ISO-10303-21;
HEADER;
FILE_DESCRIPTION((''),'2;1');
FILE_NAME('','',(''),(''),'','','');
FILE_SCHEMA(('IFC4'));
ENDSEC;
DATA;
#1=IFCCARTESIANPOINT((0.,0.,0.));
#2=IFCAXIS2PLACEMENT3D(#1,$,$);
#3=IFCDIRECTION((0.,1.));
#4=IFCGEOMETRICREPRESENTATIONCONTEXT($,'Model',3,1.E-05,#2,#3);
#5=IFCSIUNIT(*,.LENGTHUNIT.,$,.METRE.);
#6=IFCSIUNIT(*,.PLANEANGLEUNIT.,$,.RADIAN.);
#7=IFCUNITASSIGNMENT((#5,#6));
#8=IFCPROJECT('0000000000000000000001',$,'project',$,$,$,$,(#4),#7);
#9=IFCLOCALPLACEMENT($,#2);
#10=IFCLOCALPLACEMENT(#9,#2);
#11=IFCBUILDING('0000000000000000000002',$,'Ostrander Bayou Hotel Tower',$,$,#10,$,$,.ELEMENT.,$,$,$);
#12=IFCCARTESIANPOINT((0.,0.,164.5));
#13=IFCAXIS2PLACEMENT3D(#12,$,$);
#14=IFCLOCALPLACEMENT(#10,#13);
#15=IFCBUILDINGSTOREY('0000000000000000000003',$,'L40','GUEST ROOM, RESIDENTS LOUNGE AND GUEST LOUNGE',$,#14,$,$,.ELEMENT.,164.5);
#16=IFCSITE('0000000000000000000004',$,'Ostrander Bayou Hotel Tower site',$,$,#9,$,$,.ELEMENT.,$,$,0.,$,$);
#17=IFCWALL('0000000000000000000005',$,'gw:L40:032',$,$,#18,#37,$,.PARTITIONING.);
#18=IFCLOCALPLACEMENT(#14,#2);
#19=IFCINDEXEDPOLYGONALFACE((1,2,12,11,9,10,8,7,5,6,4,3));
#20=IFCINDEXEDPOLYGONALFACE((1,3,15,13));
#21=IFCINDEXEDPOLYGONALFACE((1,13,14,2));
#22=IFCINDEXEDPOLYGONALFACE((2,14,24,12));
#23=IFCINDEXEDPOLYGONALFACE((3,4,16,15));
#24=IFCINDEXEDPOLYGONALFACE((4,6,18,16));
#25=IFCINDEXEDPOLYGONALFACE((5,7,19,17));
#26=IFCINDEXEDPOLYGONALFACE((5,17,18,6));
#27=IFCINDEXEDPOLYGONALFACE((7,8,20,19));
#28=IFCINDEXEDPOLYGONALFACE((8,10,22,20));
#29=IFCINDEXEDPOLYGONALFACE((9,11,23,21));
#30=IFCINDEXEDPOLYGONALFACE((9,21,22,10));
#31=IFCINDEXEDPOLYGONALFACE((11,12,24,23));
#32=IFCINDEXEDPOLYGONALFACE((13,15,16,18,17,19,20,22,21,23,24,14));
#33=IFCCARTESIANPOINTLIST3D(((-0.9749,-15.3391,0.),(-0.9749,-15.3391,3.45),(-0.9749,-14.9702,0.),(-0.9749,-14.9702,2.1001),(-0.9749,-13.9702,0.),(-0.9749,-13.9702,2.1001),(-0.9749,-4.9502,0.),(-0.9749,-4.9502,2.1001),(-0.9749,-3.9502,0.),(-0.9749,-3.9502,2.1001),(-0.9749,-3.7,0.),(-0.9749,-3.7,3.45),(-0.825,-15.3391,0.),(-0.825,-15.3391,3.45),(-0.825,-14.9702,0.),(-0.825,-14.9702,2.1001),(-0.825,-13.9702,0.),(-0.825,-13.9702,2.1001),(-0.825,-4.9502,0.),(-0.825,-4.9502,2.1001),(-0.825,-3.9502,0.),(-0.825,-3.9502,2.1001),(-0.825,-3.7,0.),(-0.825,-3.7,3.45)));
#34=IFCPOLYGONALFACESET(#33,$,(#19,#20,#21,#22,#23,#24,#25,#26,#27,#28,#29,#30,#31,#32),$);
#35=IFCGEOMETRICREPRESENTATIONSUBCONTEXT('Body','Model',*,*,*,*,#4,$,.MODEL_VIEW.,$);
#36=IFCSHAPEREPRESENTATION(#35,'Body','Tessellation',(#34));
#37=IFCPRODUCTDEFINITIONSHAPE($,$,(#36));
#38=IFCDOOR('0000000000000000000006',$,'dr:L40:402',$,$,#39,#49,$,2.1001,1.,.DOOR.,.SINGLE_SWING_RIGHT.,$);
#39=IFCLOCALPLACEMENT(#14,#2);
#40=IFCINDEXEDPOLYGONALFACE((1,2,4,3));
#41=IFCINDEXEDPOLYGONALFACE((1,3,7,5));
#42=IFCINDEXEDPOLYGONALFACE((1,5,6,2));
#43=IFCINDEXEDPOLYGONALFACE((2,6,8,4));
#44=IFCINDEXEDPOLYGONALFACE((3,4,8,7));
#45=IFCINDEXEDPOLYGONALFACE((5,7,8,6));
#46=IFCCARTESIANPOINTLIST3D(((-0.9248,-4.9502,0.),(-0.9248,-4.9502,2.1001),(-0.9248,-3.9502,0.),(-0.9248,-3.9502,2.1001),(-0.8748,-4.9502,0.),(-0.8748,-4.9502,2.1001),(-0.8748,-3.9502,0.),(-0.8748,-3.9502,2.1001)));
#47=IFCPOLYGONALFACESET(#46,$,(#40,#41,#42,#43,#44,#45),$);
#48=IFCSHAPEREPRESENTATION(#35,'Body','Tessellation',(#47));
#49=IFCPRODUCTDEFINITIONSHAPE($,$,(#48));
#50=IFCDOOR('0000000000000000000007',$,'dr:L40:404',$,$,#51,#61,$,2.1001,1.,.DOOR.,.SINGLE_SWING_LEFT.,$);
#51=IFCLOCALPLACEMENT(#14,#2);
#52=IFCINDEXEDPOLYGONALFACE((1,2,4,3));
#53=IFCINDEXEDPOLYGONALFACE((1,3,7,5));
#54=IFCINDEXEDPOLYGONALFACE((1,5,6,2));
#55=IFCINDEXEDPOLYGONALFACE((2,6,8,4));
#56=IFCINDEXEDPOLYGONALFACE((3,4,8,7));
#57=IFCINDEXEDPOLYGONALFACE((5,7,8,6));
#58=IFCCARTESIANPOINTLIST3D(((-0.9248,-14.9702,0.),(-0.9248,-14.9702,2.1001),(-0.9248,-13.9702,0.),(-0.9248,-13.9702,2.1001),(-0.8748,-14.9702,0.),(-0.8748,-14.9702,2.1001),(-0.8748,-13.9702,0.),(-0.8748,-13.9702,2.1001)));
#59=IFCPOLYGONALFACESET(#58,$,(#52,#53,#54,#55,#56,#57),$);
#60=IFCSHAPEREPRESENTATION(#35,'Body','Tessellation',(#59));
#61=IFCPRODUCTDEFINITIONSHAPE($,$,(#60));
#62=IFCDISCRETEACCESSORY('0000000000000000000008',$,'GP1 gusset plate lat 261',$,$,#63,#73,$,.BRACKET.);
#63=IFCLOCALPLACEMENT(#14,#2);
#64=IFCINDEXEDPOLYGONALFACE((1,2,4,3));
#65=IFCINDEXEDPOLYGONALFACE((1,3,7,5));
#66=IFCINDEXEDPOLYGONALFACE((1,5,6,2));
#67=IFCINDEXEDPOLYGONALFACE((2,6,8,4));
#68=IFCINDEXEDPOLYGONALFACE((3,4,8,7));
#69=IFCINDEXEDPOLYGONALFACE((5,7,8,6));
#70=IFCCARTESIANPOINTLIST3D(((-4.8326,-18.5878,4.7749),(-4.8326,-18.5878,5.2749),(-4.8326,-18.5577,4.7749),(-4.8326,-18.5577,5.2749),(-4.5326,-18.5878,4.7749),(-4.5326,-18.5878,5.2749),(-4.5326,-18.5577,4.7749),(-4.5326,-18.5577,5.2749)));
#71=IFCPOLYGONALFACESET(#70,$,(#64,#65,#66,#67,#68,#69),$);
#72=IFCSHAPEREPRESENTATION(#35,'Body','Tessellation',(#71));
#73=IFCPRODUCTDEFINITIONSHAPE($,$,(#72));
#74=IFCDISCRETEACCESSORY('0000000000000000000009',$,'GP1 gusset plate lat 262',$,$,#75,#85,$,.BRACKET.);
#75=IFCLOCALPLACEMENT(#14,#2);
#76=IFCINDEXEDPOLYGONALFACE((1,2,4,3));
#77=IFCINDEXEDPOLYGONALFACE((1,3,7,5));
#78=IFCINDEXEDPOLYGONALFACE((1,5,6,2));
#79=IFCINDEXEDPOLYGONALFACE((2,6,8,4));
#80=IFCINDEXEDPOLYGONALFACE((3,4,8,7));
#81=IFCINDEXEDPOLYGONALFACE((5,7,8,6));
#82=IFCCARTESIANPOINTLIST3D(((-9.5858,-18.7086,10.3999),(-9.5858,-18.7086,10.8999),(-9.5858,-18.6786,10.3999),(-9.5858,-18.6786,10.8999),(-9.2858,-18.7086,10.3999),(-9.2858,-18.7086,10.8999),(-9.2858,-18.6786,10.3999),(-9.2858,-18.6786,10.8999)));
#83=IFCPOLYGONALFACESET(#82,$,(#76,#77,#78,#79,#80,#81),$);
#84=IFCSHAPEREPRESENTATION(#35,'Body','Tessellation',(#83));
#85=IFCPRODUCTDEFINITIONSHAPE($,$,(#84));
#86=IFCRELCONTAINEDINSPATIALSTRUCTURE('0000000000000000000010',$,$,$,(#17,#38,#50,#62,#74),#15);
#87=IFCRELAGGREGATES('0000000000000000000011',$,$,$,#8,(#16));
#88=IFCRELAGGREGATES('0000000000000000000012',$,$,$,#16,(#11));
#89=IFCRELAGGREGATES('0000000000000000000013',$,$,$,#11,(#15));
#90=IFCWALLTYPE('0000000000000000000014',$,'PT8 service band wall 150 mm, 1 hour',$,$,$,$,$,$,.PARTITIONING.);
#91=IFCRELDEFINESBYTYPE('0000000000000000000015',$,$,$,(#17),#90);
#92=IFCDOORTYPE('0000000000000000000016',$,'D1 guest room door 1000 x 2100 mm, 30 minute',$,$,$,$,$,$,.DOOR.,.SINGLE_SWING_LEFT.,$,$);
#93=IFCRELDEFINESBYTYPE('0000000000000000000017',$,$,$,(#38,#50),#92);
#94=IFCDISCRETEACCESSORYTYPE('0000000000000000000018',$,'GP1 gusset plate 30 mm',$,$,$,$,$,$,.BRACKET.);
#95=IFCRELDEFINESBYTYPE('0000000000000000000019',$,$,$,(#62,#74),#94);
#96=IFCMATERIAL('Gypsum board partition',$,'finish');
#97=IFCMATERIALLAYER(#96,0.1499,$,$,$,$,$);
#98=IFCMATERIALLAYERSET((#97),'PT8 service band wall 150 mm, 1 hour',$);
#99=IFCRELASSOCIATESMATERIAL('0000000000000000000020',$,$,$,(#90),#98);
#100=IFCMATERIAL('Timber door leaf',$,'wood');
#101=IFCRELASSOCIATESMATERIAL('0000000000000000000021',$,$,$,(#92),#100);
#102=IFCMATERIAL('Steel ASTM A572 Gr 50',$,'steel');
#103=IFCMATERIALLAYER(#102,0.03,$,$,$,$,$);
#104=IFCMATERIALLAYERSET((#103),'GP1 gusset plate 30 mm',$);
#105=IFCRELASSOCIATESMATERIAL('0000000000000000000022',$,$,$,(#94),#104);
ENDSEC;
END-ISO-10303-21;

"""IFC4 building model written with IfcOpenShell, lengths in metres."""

from ifc_helpers import new_model, si_unit, direction, frame, frame_2d, origin, origin_2d, place, context, subcontext, project, spatial, rectangle, extrude, material, layer, layer_set, type_object, element, fill, save


model = new_model("IFC4")

# Units and contexts
model_context = context("Model", 3, precision=1e-05, world=origin(), true_north=direction((0.0, 1.0)))
body_context = subcontext(model_context, "Body", "Model", "MODEL_VIEW")
ifc_project = project(units=[si_unit("LENGTHUNIT", "METRE"), si_unit("PLANEANGLEUNIT", "RADIAN")], contexts=[model_context])

# Site, building, storey
site_placement = place(None, origin())
site = spatial("IfcSite", under=ifc_project, at=site_placement, Name="Ostrander Bayou Hotel Tower site", CompositionType="ELEMENT", RefElevation=0.0)
building_placement = place(site_placement, origin())
building = spatial("IfcBuilding", under=site, at=building_placement, Name="Ostrander Bayou Hotel Tower", CompositionType="ELEMENT")
storey_placement = place(building_placement, frame((0.0, 0.0, 164.5)))
storey = spatial("IfcBuildingStorey", under=building, at=storey_placement, Name="L40", Description="GUEST ROOM, RESIDENTS LOUNGE AND GUEST LOUNGE", CompositionType="ELEMENT", Elevation=164.5)

# Wall, openings, doors
ifc_material_1 = material(Name="Gypsum board partition", Category="finish")
ifc_layer_1 = layer(ifc_material_1, 0.1499)
ifc_layer_set_1 = layer_set([ifc_layer_1], Name="PT8 service band wall 150 mm, 1 hour")
wall_type_1 = type_object("IfcWallType", Name="PT8 service band wall 150 mm, 1 hour", PredefinedType="PARTITIONING", material=ifc_layer_set_1)
wall_1_placement = place(storey_placement, frame((-0.8999, -15.3391, 0.0), z_axis=(0.0, 0.0, 1.0), x_axis=(0.0, 1.0, 0.0)))
wall_1 = element("IfcWall", 1, at=wall_1_placement, inside=storey, type_object=wall_type_1, Name="gw:L40:032", PredefinedType="PARTITIONING", context=body_context, shape_type="SweptSolid", body=[
    extrude(rectangle(XDim=11.6392, YDim=0.1499, at=frame_2d((5.8196, 0.0))), origin(), (0.0, 0.0, 1.0), 3.45),
])
opening_1_placement = place(wall_1_placement, frame((10.3889, 0.0, 0.0)))
opening_1 = element("IfcOpeningElement", 2, at=opening_1_placement, cuts=wall_1, PredefinedType="OPENING", context=body_context, shape_type="SweptSolid", body=[
    extrude(rectangle(XDim=1.0, YDim=2.1001, at=frame_2d((0.5, 1.05))), frame((0.0, 0.075, 0.0), z_axis=(0.0, -1.0, 0.0), x_axis=(1.0, 0.0, 0.0)), (0.0, 0.0, 1.0), 0.1499),
])
opening_2_placement = place(wall_1_placement, frame((0.3689, 0.0, 0.0)))
opening_2 = element("IfcOpeningElement", 3, at=opening_2_placement, cuts=wall_1, PredefinedType="OPENING", context=body_context, shape_type="SweptSolid", body=[
    extrude(rectangle(XDim=1.0, YDim=2.1001, at=frame_2d((0.5, 1.05))), frame((0.0, 0.075, 0.0), z_axis=(0.0, -1.0, 0.0), x_axis=(1.0, 0.0, 0.0)), (0.0, 0.0, 1.0), 0.1499),
])
ifc_material_2 = material(Name="Timber door leaf", Category="wood")
door_type_1 = type_object("IfcDoorType", Name="D1 guest room door 1000 x 2100 mm, 30 minute", OperationType="SINGLE_SWING_LEFT", PredefinedType="DOOR", material=ifc_material_2)
door_1_placement = place(opening_1_placement, origin())
door_1 = element("IfcDoor", 4, at=door_1_placement, inside=storey, type_object=door_type_1, Name="dr:L40:402", OperationType="SINGLE_SWING_RIGHT", OverallHeight=2.1001, OverallWidth=1.0, PredefinedType="DOOR", context=body_context, shape_type="SweptSolid", body=[
    extrude(rectangle(XDim=1.0, YDim=2.1001, at=frame_2d((0.5, 1.05))), frame((0.0, 0.0249, 0.0), z_axis=(0.0, -1.0, 0.0), x_axis=(1.0, 0.0, 0.0)), (0.0, 0.0, 1.0), 0.05),
])
fill(opening_1, door_1)
door_2_placement = place(opening_2_placement, origin())
door_2 = element("IfcDoor", 5, at=door_2_placement, inside=storey, type_object=door_type_1, Name="dr:L40:404", OperationType="SINGLE_SWING_LEFT", OverallHeight=2.1001, OverallWidth=1.0, PredefinedType="DOOR", context=body_context, shape_type="SweptSolid", body=[
    extrude(rectangle(XDim=1.0, YDim=2.1001, at=frame_2d((0.5, 1.05))), frame((0.0, 0.0249, 0.0), z_axis=(0.0, -1.0, 0.0), x_axis=(1.0, 0.0, 0.0)), (0.0, 0.0, 1.0), 0.05),
])
fill(opening_2, door_2)

# Discrete accessories
ifc_material_3 = material(Name="Steel ASTM A572 Gr 50", Category="steel")
ifc_layer_2 = layer(ifc_material_3, 0.03)
ifc_layer_set_2 = layer_set([ifc_layer_2], Name="GP1 gusset plate 30 mm")
discrete_accessory_type = type_object("IfcDiscreteAccessoryType", Name="GP1 gusset plate 30 mm", PredefinedType="BRACKET", material=ifc_layer_set_2)
for number, where, z_axis, x_axis, name in (
    (6, (-4.6826, -18.5728, 4.7749), (0.0, 0.0, 1.0), (1.0, 0.0, 0.0), "GP1 gusset plate lat 261"),
    (7, (-9.4358, -18.6936, 10.3999), (0.0, 0.0, 1.0), (1.0, 0.0, 0.0), "GP1 gusset plate lat 262"),
):
    element("IfcDiscreteAccessory", number, at=place(storey_placement, frame(where, z_axis=z_axis, x_axis=x_axis)), inside=storey, type_object=discrete_accessory_type, Name=name, PredefinedType="BRACKET", context=body_context, shape_type="SweptSolid", body=[
        extrude(rectangle(XDim=0.3, YDim=0.03, at=origin_2d()), origin(), (0.0, 0.0, 1.0), 0.5),
    ])

save(model, "model.ifc")
